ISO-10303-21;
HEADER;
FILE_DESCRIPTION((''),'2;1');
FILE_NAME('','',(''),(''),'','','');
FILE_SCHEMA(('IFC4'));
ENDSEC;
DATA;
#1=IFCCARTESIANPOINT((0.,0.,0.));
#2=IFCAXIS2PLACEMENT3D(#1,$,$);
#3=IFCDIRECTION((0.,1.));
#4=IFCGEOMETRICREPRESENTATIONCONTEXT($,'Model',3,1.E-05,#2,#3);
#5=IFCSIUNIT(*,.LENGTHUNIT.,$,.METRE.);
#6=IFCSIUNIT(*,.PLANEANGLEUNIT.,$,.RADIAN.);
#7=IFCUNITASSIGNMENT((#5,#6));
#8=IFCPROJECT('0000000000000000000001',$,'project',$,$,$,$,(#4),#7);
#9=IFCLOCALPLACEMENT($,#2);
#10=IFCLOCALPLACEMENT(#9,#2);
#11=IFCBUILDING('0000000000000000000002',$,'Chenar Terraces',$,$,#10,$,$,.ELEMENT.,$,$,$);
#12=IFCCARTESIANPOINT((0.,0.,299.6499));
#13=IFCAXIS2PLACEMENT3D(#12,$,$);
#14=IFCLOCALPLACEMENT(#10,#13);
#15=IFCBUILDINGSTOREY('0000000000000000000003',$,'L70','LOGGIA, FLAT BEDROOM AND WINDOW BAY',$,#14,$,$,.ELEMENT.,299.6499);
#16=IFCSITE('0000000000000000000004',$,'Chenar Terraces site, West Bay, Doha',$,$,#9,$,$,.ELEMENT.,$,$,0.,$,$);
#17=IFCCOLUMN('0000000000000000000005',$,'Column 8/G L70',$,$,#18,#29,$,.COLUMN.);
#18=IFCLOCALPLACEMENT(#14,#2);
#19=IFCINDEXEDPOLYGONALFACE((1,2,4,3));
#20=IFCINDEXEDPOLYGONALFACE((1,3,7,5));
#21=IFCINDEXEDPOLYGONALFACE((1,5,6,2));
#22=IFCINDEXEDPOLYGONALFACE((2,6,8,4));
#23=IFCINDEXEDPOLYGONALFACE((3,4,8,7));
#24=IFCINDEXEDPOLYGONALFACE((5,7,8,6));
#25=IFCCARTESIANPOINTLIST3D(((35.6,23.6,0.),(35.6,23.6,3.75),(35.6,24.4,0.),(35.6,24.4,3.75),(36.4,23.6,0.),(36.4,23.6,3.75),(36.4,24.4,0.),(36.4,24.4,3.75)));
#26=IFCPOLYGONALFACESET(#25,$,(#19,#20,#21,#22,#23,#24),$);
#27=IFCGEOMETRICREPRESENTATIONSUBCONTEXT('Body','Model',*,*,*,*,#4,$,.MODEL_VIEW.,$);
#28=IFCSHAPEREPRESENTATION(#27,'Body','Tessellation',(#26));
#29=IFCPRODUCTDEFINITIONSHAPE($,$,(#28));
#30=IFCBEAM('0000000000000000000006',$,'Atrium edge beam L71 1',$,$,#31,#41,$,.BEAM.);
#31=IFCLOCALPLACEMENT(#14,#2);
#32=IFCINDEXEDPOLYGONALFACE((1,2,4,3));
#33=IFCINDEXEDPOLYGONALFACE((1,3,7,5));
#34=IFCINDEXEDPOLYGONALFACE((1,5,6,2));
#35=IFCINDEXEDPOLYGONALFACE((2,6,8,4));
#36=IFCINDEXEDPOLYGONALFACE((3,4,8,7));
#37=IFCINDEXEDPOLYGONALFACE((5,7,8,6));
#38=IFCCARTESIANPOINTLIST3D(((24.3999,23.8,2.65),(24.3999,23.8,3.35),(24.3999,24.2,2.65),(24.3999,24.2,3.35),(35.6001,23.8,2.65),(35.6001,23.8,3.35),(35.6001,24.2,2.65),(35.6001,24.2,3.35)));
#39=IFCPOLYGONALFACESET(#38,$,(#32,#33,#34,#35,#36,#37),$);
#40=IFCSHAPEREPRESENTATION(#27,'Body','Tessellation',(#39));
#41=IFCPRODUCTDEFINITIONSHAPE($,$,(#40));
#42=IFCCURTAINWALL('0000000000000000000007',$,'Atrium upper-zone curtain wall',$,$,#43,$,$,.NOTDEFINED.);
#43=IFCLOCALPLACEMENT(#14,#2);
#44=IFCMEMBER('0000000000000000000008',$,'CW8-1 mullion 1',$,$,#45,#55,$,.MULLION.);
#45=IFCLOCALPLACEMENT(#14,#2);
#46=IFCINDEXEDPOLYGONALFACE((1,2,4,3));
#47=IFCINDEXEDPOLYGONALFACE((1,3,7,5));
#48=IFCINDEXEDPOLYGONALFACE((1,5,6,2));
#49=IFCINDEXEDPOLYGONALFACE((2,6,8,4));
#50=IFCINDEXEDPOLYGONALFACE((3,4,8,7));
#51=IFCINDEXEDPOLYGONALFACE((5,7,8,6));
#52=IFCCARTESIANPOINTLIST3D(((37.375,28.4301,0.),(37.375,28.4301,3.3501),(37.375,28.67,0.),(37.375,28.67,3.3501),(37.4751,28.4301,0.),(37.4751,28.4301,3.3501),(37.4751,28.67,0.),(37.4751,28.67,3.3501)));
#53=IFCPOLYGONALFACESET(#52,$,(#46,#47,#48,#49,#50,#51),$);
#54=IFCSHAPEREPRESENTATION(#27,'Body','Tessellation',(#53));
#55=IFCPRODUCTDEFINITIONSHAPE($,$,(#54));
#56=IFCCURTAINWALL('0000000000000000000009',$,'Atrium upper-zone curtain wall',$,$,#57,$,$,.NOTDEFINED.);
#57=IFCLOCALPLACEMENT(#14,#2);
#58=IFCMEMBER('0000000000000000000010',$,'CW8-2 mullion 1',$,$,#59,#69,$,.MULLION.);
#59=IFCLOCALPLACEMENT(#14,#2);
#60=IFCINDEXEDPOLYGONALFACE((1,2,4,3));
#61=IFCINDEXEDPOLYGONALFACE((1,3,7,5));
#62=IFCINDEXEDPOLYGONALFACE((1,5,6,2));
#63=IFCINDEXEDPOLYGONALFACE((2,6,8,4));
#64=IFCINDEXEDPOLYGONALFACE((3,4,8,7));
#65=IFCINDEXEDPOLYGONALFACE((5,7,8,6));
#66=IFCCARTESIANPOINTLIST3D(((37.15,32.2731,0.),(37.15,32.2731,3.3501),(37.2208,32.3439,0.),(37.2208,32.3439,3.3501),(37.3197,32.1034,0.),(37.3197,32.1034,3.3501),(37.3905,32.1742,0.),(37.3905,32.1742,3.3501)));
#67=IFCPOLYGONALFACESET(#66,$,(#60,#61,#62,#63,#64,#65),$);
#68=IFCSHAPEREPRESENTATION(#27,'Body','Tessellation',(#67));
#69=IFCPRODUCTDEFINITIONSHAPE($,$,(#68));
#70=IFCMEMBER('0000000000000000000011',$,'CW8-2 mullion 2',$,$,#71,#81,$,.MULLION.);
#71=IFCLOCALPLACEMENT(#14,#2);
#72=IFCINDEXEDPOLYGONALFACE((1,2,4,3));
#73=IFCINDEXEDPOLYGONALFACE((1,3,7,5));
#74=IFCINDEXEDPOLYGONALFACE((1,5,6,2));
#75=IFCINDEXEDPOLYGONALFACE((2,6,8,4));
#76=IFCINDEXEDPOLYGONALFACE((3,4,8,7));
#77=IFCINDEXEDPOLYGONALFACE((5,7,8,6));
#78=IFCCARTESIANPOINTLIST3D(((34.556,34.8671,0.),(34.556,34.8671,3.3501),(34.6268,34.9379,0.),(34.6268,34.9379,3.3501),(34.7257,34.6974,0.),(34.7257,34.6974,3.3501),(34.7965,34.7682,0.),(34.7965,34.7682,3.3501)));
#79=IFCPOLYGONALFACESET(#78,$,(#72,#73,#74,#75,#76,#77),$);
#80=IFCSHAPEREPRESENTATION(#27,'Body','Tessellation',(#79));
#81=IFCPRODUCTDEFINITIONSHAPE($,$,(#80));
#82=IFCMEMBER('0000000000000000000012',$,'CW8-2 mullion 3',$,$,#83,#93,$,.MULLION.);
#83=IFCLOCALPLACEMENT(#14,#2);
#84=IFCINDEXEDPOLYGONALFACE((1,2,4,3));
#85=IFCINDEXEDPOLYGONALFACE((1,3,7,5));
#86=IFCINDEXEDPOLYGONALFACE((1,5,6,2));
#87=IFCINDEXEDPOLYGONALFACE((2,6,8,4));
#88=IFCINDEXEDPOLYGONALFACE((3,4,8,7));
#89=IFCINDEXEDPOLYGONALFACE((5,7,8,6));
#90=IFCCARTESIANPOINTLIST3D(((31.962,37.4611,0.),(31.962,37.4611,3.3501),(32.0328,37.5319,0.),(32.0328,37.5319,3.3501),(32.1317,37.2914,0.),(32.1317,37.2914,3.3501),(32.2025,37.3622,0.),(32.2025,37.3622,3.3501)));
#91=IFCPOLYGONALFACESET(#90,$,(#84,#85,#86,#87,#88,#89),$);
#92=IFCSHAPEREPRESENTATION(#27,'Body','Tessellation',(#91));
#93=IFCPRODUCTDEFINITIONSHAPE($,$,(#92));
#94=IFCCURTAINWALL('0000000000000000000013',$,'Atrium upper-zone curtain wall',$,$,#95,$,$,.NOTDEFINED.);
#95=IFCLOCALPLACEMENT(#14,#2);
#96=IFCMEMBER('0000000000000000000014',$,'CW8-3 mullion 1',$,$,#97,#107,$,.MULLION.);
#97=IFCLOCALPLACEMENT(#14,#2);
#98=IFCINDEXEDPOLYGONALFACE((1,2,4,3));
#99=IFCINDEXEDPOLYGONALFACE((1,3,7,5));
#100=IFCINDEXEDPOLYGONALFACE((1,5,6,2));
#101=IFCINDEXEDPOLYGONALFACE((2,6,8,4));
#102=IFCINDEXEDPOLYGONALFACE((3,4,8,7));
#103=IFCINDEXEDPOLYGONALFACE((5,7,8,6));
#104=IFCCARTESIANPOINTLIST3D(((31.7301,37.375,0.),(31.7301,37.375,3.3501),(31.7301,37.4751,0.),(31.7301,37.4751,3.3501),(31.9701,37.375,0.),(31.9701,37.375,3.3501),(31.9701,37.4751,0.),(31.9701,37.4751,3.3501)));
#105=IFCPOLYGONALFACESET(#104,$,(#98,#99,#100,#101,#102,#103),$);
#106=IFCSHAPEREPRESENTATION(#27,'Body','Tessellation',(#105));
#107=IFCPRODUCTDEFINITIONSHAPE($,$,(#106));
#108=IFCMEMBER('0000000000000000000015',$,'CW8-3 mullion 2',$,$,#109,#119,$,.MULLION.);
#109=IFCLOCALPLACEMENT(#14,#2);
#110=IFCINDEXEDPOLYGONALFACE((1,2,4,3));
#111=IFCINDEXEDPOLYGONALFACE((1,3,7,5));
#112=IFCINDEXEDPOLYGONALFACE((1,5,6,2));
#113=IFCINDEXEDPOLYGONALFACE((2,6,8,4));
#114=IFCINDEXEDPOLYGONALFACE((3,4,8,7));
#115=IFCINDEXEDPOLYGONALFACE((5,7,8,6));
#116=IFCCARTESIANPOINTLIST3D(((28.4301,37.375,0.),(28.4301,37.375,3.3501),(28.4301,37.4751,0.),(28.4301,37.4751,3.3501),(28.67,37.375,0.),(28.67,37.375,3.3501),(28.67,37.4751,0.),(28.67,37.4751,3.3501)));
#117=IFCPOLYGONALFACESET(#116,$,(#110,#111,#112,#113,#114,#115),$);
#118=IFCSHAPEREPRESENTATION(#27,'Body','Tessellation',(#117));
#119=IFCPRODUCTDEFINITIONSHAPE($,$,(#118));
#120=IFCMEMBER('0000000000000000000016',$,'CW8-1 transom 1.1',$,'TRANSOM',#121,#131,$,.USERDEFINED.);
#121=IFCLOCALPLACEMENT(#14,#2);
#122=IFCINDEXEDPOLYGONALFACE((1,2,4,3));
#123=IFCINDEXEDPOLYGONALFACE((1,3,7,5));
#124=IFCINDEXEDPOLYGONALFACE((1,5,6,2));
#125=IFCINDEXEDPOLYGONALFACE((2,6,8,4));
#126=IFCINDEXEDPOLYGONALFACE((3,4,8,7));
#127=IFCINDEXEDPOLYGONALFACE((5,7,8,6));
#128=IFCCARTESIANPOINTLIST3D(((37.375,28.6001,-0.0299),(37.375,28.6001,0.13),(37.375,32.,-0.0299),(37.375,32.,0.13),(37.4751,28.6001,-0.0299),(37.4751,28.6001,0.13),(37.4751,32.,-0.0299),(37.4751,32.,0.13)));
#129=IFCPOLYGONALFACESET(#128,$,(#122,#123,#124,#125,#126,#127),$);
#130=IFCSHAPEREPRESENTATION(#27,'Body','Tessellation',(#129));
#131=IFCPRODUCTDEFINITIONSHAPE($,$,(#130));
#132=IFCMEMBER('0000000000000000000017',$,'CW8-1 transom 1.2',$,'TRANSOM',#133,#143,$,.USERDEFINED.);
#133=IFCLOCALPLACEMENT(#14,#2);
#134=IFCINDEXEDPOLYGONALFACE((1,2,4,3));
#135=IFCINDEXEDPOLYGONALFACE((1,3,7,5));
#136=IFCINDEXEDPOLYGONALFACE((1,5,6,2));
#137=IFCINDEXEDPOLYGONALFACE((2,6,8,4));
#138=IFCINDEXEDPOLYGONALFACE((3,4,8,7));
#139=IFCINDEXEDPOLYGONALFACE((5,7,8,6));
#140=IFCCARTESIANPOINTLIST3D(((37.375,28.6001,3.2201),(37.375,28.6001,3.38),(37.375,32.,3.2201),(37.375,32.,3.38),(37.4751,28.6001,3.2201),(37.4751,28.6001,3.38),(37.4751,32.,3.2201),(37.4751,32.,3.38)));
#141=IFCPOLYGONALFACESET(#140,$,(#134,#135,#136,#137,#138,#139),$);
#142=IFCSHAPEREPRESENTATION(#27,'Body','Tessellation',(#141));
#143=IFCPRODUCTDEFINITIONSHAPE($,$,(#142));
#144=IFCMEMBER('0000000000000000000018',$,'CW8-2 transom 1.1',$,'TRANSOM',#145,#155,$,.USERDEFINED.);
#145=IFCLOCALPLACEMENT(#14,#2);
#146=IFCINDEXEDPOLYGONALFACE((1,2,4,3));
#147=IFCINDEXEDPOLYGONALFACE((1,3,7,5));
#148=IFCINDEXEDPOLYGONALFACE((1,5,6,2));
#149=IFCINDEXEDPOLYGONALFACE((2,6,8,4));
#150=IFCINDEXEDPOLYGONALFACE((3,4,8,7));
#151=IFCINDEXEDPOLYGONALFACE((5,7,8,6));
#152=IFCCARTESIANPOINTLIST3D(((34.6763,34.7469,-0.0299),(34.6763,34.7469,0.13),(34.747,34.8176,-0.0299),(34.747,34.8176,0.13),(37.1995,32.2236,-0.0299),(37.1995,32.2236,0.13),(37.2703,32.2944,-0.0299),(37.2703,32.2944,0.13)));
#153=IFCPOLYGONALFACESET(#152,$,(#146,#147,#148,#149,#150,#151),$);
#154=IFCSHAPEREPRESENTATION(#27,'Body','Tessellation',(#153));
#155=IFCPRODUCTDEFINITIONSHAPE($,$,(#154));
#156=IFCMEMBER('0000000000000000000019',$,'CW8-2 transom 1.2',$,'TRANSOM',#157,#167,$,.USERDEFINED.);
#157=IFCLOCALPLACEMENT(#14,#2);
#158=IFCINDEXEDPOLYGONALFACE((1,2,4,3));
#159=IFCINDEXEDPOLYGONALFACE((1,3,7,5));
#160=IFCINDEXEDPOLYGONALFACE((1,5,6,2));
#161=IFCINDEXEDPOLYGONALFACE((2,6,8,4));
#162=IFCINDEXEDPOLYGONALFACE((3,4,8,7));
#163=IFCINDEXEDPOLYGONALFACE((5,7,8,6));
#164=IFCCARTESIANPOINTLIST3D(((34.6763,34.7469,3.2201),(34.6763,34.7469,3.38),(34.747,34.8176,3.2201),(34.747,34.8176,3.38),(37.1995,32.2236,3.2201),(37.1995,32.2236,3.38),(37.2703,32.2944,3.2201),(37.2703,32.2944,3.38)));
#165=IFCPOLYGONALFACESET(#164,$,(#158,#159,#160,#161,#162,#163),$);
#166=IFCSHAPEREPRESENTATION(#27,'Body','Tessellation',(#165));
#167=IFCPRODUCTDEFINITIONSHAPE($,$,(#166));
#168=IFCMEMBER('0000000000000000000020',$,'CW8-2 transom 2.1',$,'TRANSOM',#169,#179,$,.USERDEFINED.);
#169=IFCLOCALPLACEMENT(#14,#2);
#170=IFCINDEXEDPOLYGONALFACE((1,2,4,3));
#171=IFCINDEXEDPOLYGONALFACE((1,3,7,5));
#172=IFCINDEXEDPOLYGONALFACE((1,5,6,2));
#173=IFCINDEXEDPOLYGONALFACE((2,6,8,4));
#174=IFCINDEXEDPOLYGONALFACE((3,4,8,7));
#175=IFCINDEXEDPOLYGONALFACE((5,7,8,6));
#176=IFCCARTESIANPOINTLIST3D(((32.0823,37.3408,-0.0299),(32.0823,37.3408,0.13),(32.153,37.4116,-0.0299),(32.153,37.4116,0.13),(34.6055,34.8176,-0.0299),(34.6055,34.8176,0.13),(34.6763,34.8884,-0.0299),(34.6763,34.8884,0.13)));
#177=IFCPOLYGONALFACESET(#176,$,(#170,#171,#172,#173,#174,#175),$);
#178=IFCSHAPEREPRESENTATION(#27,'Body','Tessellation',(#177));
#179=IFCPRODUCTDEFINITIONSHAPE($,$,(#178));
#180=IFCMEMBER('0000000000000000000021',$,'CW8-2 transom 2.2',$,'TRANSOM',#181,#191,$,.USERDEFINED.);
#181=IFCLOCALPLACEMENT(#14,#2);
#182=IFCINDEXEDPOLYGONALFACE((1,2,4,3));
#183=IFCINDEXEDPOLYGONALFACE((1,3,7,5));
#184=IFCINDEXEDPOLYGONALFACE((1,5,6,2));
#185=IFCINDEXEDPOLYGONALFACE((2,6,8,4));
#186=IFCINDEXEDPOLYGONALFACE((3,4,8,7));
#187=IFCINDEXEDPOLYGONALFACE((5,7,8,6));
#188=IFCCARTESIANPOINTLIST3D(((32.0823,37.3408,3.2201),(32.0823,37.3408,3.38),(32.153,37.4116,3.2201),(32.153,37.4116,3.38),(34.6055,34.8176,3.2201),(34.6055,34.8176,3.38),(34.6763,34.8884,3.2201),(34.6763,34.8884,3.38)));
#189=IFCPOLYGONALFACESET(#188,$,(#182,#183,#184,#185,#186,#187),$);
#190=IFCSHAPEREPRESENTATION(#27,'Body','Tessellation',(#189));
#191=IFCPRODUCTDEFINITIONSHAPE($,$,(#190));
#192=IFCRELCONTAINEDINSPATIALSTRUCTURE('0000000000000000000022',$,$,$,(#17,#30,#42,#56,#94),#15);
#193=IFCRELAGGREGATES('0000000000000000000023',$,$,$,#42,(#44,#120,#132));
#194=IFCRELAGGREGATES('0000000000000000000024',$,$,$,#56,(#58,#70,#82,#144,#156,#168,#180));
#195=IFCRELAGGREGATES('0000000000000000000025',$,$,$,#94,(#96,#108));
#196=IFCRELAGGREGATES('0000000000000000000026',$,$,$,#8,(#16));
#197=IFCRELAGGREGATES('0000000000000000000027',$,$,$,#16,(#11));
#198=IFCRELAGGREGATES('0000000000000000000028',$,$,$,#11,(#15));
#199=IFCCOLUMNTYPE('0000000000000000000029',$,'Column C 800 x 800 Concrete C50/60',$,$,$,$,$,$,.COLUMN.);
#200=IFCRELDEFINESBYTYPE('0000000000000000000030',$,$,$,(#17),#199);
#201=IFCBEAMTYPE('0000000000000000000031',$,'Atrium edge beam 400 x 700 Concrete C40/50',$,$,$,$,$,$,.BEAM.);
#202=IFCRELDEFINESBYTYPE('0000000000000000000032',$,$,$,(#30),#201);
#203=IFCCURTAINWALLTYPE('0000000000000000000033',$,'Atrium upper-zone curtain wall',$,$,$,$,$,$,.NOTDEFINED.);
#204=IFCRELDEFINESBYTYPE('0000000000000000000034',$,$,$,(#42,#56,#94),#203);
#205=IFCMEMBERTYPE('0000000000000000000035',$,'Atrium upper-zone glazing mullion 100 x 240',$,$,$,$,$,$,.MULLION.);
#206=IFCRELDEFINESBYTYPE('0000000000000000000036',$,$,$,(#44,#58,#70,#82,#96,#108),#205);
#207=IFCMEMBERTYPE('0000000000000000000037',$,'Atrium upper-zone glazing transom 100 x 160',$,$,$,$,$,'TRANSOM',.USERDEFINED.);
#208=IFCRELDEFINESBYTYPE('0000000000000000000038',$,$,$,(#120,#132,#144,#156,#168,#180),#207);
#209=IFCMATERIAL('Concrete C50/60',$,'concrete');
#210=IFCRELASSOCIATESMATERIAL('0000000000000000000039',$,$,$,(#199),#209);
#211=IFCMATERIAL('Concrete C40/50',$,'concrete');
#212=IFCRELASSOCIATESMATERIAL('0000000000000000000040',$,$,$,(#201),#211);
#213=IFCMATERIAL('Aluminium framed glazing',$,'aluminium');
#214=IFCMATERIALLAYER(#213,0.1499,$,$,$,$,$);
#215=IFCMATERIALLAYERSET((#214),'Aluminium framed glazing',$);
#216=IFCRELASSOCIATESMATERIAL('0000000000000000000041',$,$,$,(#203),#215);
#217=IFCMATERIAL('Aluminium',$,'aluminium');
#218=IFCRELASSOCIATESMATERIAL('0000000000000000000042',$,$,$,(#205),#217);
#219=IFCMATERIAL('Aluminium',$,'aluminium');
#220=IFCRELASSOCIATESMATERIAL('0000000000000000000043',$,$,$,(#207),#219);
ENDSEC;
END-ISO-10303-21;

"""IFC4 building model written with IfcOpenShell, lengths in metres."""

from ifc_helpers import new_model, si_unit, direction, frame, origin, origin_2d, place, context, subcontext, project, spatial, rectangle, extrude, material, layer, layer_set, material_profile, profile_set, type_object, element, aggregate, save


model = new_model("IFC4")

# Units and contexts
model_context = context("Model", 3, precision=1e-05, world=origin(), true_north=direction((0.0, 1.0)))
body_context = subcontext(model_context, "Body", "Model", "MODEL_VIEW")
ifc_project = project(units=[si_unit("LENGTHUNIT", "METRE"), si_unit("PLANEANGLEUNIT", "RADIAN")], contexts=[model_context])

# Site, building, storey
site_placement = place(None, origin())
site = spatial("IfcSite", under=ifc_project, at=site_placement, Name="Chenar Terraces site, West Bay, Doha", CompositionType="ELEMENT", RefElevation=0.0)
building_placement = place(site_placement, origin())
building = spatial("IfcBuilding", under=site, at=building_placement, Name="Chenar Terraces", CompositionType="ELEMENT")
storey_placement = place(building_placement, frame((0.0, 0.0, 299.6499)))
storey = spatial("IfcBuildingStorey", under=building, at=storey_placement, Name="L70", Description="LOGGIA, FLAT BEDROOM AND WINDOW BAY", CompositionType="ELEMENT", Elevation=299.6499)

# Column
ifc_material_1 = material(Name="Concrete C50/60", Category="concrete")
ifc_material_profile_1 = material_profile(ifc_material_1, rectangle(XDim=0.8, YDim=0.8, at=origin_2d()), Name="C 800 x 800")
ifc_profile_set_1 = profile_set([ifc_material_profile_1], Name="Concrete C50/60")
column_type = type_object("IfcColumnType", Name="Column C 800 x 800 Concrete C50/60", PredefinedType="COLUMN", material=ifc_profile_set_1)
column_placement = place(storey_placement, frame((36.0, 24.0, 0.0), z_axis=(0.0, 0.0, 1.0), x_axis=(1.0, 0.0, 0.0)))
element("IfcColumn", 1, at=column_placement, inside=storey, type_object=column_type, Name="Column 8/G L70", PredefinedType="COLUMN", context=body_context, shape_type="SweptSolid", body=[
    extrude(rectangle(XDim=0.8, YDim=0.8, at=origin_2d()), origin(), (0.0, 0.0, 1.0), 3.75),
])

# Beam
ifc_material_2 = material(Name="Concrete C40/50", Category="concrete")
ifc_material_profile_2 = material_profile(ifc_material_2, rectangle(XDim=0.3999, YDim=0.7, at=origin_2d()), Name="RC 400 x 700")
ifc_profile_set_2 = profile_set([ifc_material_profile_2], Name="Concrete C40/50")
beam_type = type_object("IfcBeamType", Name="Atrium edge beam 400 x 700 Concrete C40/50", PredefinedType="BEAM", material=ifc_profile_set_2)
beam_placement = place(storey_placement, frame((24.3999, 24.0, 3.0), z_axis=(1.0, 0.0, 0.0), x_axis=(0.0, 1.0, 0.0)))
element("IfcBeam", 2, at=beam_placement, inside=storey, type_object=beam_type, Name="Atrium edge beam L71 1", PredefinedType="BEAM", context=body_context, shape_type="SweptSolid", body=[
    extrude(rectangle(XDim=0.3999, YDim=0.7, at=origin_2d()), origin(), (0.0, 0.0, 1.0), 11.2002),
])

# Curtain wall, member
ifc_material_3 = material(Name="Aluminium framed glazing", Category="aluminium")
ifc_layer_1 = layer(ifc_material_3, 0.1499)
ifc_layer_set_1 = layer_set([ifc_layer_1], Name="Aluminium framed glazing")
curtain_wall_type = type_object("IfcCurtainWallType", Name="Atrium upper-zone curtain wall", PredefinedType="NOTDEFINED", material=ifc_layer_set_1)
placement = place(storey_placement, origin())
curtain_wall_1 = element("IfcCurtainWall", 3, at=placement, inside=storey, type_object=curtain_wall_type, Name="Atrium upper-zone curtain wall", PredefinedType="NOTDEFINED")
ifc_material_4 = material(Name="Aluminium", Category="aluminium")
ifc_material_profile_3 = material_profile(ifc_material_4, rectangle(XDim=0.1001, YDim=0.24, at=origin_2d()), Name="Atrium upper-zone glazing mullion 100 x 240")
ifc_profile_set_3 = profile_set([ifc_material_profile_3], Name="Aluminium")
member_type_1 = type_object("IfcMemberType", Name="Atrium upper-zone glazing mullion 100 x 240", PredefinedType="MULLION", material=ifc_profile_set_3)
member_1_placement = place(storey_placement, frame((37.425, 28.55, 0.0), z_axis=(0.0, 0.0, 1.0), x_axis=(-1.0, 0.0, 0.0)))
member_1 = element("IfcMember", 4, at=member_1_placement, type_object=member_type_1, Name="CW8-1 mullion 1", PredefinedType="MULLION", context=body_context, shape_type="SweptSolid", body=[
    extrude(rectangle(XDim=0.1001, YDim=0.24, at=origin_2d()), origin(), (0.0, 0.0, 1.0), 3.3501),
])

# Curtain walls, members
curtain_wall_2 = element("IfcCurtainWall", 5, at=placement, inside=storey, type_object=curtain_wall_type, Name="Atrium upper-zone curtain wall", PredefinedType="NOTDEFINED")
member_2_placement = place(storey_placement, frame((37.2703, 32.2236, 0.0), z_axis=(0.0, 0.0, 1.0), x_axis=(-0.707107, -0.707107, 0.0)))
member_2 = element("IfcMember", 6, at=member_2_placement, type_object=member_type_1, Name="CW8-2 mullion 1", PredefinedType="MULLION", context=body_context, shape_type="SweptSolid", body=[
    extrude(rectangle(XDim=0.1001, YDim=0.24, at=origin_2d()), origin(), (0.0, 0.0, 1.0), 3.3501),
])
member_3_placement = place(storey_placement, frame((34.6763, 34.8176, 0.0), z_axis=(0.0, 0.0, 1.0), x_axis=(-0.707107, -0.707107, 0.0)))
member_3 = element("IfcMember", 7, at=member_3_placement, type_object=member_type_1, Name="CW8-2 mullion 2", PredefinedType="MULLION", context=body_context, shape_type="SweptSolid", body=[
    extrude(rectangle(XDim=0.1001, YDim=0.24, at=origin_2d()), origin(), (0.0, 0.0, 1.0), 3.3501),
])
member_4_placement = place(storey_placement, frame((32.0823, 37.4116, 0.0), z_axis=(0.0, 0.0, 1.0), x_axis=(-0.707107, -0.707107, 0.0)))
member_4 = element("IfcMember", 8, at=member_4_placement, type_object=member_type_1, Name="CW8-2 mullion 3", PredefinedType="MULLION", context=body_context, shape_type="SweptSolid", body=[
    extrude(rectangle(XDim=0.1001, YDim=0.24, at=origin_2d()), origin(), (0.0, 0.0, 1.0), 3.3501),
])
curtain_wall_3 = element("IfcCurtainWall", 9, at=placement, inside=storey, type_object=curtain_wall_type, Name="Atrium upper-zone curtain wall", PredefinedType="NOTDEFINED")
member_5_placement = place(storey_placement, frame((31.8501, 37.425, 0.0), z_axis=(0.0, 0.0, 1.0), x_axis=(0.0, -1.0, 0.0)))
member_5 = element("IfcMember", 10, at=member_5_placement, type_object=member_type_1, Name="CW8-3 mullion 1", PredefinedType="MULLION", context=body_context, shape_type="SweptSolid", body=[
    extrude(rectangle(XDim=0.1001, YDim=0.24, at=origin_2d()), origin(), (0.0, 0.0, 1.0), 3.3501),
])
member_6_placement = place(storey_placement, frame((28.55, 37.425, 0.0), z_axis=(0.0, 0.0, 1.0), x_axis=(0.0, -1.0, 0.0)))
member_6 = element("IfcMember", 11, at=member_6_placement, type_object=member_type_1, Name="CW8-3 mullion 2", PredefinedType="MULLION", context=body_context, shape_type="SweptSolid", body=[
    extrude(rectangle(XDim=0.1001, YDim=0.24, at=origin_2d()), origin(), (0.0, 0.0, 1.0), 3.3501),
])

# Members
ifc_material_5 = material(Name="Aluminium", Category="aluminium")
ifc_material_profile_4 = material_profile(ifc_material_5, rectangle(XDim=0.1001, YDim=0.1599, at=origin_2d()), Name="Atrium upper-zone glazing transom 100 x 160")
ifc_profile_set_4 = profile_set([ifc_material_profile_4], Name="Aluminium")
member_type_2 = type_object("IfcMemberType", Name="Atrium upper-zone glazing transom 100 x 160", ElementType="TRANSOM", PredefinedType="USERDEFINED", material=ifc_profile_set_4)
member_7_placement = place(storey_placement, frame((37.425, 28.6001, 0.05), z_axis=(0.0, 1.0, 0.0), x_axis=(-1.0, 0.0, 0.0)))
member_7 = element("IfcMember", 12, at=member_7_placement, type_object=member_type_2, Name="CW8-1 transom 1.1", ObjectType="TRANSOM", PredefinedType="USERDEFINED", context=body_context, shape_type="SweptSolid", body=[
    extrude(rectangle(XDim=0.1001, YDim=0.1599, at=origin_2d()), origin(), (0.0, 0.0, 1.0), 3.3999),
])
member_8_placement = place(storey_placement, frame((37.425, 28.6001, 3.3), z_axis=(0.0, 1.0, 0.0), x_axis=(-1.0, 0.0, 0.0)))
member_8 = element("IfcMember", 13, at=member_8_placement, type_object=member_type_2, Name="CW8-1 transom 1.2", ObjectType="TRANSOM", PredefinedType="USERDEFINED", context=body_context, shape_type="SweptSolid", body=[
    extrude(rectangle(XDim=0.1001, YDim=0.1599, at=origin_2d()), origin(), (0.0, 0.0, 1.0), 3.3999),
])
aggregate(curtain_wall_1, [member_1, member_7, member_8])
member_9_placement = place(storey_placement, frame((37.2349, 32.259, 0.05), z_axis=(-0.707107, 0.707107, 0.0), x_axis=(-0.707107, -0.707107, 0.0)))
member_9 = element("IfcMember", 14, at=member_9_placement, type_object=member_type_2, Name="CW8-2 transom 1.1", ObjectType="TRANSOM", PredefinedType="USERDEFINED", context=body_context, shape_type="SweptSolid", body=[
    extrude(rectangle(XDim=0.1001, YDim=0.1599, at=origin_2d()), origin(), (0.0, 0.0, 1.0), 3.5684),
])
member_10_placement = place(storey_placement, frame((37.2349, 32.259, 3.3), z_axis=(-0.707107, 0.707107, 0.0), x_axis=(-0.707107, -0.707107, 0.0)))
member_10 = element("IfcMember", 15, at=member_10_placement, type_object=member_type_2, Name="CW8-2 transom 1.2", ObjectType="TRANSOM", PredefinedType="USERDEFINED", context=body_context, shape_type="SweptSolid", body=[
    extrude(rectangle(XDim=0.1001, YDim=0.1599, at=origin_2d()), origin(), (0.0, 0.0, 1.0), 3.5684),
])
member_11_placement = place(storey_placement, frame((34.6409, 34.853, 0.05), z_axis=(-0.707107, 0.707107, 0.0), x_axis=(-0.707107, -0.707107, 0.0)))
member_11 = element("IfcMember", 16, at=member_11_placement, type_object=member_type_2, Name="CW8-2 transom 2.1", ObjectType="TRANSOM", PredefinedType="USERDEFINED", context=body_context, shape_type="SweptSolid", body=[
    extrude(rectangle(XDim=0.1001, YDim=0.1599, at=origin_2d()), origin(), (0.0, 0.0, 1.0), 3.5684),
])
member_12_placement = place(storey_placement, frame((34.6409, 34.853, 3.3), z_axis=(-0.707107, 0.707107, 0.0), x_axis=(-0.707107, -0.707107, 0.0)))
member_12 = element("IfcMember", 17, at=member_12_placement, type_object=member_type_2, Name="CW8-2 transom 2.2", ObjectType="TRANSOM", PredefinedType="USERDEFINED", context=body_context, shape_type="SweptSolid", body=[
    extrude(rectangle(XDim=0.1001, YDim=0.1599, at=origin_2d()), origin(), (0.0, 0.0, 1.0), 3.5684),
])

aggregate(curtain_wall_2, [member_2, member_3, member_4, member_9, member_10, member_11, member_12])
aggregate(curtain_wall_3, [member_5, member_6])

save(model, "model.ifc")
